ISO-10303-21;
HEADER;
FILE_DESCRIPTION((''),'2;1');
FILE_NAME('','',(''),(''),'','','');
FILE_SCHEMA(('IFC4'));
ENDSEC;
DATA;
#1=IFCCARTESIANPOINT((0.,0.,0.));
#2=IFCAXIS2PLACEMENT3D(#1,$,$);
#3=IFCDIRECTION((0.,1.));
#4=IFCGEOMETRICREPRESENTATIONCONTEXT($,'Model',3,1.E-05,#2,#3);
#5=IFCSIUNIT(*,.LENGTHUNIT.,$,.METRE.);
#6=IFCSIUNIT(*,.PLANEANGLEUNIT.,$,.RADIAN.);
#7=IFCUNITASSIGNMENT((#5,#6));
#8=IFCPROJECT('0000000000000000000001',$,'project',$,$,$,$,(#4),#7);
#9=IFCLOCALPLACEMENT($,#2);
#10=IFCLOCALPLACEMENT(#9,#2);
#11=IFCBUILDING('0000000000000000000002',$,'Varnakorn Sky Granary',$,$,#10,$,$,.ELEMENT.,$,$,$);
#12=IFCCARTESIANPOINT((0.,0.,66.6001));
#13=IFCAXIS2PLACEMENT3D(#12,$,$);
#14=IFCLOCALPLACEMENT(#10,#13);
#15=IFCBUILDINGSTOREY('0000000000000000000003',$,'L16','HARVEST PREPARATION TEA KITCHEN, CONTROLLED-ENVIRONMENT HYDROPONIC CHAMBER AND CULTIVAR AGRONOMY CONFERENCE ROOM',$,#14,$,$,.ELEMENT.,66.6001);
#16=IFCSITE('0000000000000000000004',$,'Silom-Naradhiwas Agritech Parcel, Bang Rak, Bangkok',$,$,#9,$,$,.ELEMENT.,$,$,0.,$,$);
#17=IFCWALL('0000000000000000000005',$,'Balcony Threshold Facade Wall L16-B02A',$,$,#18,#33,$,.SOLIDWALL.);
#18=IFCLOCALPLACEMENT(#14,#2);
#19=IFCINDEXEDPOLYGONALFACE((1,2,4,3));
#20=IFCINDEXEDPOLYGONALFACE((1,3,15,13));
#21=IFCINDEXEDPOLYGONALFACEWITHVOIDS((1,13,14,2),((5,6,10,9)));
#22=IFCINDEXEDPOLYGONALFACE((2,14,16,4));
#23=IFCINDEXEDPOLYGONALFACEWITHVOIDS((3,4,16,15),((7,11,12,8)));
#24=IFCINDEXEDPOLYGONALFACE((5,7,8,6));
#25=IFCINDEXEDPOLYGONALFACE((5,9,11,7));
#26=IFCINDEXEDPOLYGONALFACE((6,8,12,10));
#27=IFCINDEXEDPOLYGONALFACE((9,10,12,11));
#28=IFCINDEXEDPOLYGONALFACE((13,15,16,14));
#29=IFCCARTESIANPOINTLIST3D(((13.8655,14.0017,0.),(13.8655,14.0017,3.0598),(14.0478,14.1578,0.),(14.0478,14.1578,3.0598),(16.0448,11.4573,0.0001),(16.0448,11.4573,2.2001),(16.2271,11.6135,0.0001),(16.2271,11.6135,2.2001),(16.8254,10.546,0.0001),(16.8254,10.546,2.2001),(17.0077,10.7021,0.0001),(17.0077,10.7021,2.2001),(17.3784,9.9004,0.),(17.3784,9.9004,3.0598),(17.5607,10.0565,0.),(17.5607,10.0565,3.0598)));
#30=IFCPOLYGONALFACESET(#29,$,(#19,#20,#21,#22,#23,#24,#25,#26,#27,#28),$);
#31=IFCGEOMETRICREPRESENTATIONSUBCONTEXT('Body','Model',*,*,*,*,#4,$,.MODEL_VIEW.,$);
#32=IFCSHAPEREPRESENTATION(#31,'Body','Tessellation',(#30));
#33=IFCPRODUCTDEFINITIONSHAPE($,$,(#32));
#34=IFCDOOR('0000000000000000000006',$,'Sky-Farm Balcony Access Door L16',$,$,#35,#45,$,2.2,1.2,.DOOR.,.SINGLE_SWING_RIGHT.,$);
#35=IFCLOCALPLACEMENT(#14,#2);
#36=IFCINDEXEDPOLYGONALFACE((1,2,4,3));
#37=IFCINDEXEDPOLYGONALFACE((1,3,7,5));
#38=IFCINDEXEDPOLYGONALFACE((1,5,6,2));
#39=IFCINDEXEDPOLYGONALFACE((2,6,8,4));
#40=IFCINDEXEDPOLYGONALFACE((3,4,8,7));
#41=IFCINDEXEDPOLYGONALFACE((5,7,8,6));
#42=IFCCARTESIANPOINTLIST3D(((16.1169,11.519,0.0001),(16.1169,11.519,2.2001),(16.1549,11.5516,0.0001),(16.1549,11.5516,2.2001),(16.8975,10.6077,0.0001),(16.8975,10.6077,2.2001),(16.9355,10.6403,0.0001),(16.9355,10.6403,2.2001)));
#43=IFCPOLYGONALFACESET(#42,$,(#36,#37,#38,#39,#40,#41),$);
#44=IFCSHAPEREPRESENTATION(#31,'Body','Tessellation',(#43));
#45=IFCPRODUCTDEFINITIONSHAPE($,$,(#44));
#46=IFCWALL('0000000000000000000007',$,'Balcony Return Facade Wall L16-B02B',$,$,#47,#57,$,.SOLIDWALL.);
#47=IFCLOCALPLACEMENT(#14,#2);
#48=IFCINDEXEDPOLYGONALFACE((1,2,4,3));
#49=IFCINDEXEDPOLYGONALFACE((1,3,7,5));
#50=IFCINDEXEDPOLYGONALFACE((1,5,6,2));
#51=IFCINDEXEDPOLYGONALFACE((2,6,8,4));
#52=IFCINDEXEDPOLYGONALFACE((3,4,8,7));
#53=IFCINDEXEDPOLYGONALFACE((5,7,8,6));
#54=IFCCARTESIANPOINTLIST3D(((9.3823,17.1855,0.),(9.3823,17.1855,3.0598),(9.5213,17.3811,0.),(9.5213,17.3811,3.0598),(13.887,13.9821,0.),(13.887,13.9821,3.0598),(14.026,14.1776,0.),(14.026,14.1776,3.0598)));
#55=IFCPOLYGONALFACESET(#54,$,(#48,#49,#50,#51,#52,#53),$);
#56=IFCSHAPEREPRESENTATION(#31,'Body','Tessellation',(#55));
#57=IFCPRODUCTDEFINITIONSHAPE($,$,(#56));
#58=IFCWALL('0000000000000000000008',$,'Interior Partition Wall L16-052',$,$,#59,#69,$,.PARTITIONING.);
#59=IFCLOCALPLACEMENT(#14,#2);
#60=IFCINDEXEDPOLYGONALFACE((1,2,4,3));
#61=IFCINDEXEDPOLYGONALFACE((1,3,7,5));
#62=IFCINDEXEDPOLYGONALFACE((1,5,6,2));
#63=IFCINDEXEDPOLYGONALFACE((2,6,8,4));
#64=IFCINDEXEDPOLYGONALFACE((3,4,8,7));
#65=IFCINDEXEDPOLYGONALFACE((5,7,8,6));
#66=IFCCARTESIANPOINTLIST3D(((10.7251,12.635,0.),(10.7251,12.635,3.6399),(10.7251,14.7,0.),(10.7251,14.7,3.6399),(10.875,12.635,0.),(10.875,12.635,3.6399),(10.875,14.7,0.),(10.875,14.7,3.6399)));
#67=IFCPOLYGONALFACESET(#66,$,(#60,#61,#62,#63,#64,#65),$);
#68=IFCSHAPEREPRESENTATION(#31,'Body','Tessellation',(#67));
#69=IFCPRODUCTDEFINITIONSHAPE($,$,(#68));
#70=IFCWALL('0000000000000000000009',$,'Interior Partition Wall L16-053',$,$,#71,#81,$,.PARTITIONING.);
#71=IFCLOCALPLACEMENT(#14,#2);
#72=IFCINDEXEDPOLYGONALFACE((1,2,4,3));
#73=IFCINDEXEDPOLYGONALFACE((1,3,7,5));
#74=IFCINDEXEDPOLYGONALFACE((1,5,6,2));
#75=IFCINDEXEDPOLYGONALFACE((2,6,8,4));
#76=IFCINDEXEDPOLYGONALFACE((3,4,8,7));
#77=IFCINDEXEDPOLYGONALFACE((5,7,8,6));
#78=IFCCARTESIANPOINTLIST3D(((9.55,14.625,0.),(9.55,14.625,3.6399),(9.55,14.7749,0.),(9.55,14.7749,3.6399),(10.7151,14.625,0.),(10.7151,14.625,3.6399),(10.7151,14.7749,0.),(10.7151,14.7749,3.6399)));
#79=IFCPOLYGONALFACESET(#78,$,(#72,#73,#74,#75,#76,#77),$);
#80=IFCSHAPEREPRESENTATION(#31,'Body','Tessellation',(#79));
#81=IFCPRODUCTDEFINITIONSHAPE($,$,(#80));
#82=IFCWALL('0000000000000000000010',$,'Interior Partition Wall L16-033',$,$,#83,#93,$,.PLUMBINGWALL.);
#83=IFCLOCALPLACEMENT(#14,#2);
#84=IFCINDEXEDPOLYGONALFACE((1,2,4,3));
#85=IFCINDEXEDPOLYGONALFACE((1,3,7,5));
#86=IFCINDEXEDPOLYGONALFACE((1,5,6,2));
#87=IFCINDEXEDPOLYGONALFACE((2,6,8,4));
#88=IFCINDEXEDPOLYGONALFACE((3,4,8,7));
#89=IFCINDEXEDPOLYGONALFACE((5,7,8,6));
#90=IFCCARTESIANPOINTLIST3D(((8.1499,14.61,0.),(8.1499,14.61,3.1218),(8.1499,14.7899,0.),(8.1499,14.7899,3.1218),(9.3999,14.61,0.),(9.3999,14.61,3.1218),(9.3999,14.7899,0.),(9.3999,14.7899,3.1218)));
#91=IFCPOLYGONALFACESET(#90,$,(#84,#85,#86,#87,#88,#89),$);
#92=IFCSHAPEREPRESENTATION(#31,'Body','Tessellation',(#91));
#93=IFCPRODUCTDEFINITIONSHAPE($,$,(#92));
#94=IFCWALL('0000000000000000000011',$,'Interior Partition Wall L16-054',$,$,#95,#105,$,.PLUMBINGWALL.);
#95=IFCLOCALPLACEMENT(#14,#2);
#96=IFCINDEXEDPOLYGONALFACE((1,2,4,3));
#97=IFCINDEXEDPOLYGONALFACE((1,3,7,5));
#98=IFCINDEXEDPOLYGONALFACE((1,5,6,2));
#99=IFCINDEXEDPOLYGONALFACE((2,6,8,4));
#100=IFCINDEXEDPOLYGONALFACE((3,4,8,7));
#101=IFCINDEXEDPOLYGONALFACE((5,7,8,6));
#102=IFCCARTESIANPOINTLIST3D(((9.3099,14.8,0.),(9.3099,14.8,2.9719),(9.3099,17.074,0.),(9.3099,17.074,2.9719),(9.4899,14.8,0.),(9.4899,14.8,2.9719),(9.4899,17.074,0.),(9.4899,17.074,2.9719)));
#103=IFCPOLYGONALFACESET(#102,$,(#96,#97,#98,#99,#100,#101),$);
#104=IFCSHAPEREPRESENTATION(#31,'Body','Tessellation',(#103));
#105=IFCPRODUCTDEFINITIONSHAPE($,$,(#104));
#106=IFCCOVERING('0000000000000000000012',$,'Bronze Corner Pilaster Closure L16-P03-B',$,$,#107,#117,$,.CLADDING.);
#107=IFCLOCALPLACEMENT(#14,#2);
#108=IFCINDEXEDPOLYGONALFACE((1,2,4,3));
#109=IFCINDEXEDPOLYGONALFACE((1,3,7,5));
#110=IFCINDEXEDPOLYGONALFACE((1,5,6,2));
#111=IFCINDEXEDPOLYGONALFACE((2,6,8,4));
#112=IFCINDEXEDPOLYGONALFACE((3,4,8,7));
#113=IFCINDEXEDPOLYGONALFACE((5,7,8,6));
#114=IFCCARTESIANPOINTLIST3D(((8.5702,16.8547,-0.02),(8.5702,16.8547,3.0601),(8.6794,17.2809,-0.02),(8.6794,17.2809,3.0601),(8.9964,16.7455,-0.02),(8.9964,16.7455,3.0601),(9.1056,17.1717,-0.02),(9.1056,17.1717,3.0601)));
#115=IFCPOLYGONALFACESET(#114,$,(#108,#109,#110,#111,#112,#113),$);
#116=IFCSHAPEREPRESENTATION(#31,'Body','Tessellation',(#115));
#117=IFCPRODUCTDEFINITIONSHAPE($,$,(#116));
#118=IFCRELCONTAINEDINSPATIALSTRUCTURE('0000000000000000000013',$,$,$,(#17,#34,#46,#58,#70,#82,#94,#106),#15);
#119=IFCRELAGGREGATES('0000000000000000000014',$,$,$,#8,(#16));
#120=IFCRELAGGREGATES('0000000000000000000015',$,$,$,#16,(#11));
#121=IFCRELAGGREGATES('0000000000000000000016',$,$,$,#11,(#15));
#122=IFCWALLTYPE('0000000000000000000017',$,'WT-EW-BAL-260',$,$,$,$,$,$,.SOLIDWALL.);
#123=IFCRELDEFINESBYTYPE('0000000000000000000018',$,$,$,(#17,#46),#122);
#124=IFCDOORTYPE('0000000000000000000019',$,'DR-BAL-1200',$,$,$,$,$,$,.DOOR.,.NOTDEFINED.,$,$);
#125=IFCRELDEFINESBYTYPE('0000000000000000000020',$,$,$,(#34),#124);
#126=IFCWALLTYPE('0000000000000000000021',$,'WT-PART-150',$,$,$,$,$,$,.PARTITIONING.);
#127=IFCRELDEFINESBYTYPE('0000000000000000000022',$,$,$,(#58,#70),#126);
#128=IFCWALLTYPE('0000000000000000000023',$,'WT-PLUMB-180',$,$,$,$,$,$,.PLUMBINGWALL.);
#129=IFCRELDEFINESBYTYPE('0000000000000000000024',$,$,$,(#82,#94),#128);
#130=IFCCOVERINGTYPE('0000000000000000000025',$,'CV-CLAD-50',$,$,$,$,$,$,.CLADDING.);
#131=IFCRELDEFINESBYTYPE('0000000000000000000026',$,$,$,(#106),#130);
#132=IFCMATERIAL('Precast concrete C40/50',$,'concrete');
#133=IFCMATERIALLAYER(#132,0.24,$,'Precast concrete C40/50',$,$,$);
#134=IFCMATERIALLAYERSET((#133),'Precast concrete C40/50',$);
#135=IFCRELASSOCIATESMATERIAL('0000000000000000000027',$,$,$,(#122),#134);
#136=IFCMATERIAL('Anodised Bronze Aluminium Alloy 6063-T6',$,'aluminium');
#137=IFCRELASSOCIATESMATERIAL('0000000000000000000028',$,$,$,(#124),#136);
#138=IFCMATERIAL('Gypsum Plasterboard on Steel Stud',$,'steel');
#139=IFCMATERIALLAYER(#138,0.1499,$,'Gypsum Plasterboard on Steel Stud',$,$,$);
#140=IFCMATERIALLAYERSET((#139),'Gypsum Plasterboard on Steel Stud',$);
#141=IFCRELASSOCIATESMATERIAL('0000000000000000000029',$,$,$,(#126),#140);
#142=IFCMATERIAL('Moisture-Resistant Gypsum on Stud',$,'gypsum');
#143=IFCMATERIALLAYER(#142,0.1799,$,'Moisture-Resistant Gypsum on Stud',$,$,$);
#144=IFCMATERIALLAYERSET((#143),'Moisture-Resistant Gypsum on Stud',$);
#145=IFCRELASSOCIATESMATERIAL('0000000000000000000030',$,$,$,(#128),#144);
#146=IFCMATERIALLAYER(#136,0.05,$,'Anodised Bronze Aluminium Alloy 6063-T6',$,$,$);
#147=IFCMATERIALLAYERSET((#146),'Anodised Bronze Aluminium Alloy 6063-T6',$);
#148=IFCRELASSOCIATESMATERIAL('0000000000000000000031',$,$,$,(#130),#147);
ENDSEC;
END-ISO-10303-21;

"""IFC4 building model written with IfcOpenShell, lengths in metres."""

from ifc_helpers import new_model, si_unit, direction, frame, frame_2d, origin, origin_2d, place, context, subcontext, project, spatial, rectangle, extrude, source, transform, mapped, material, layer, layer_set, type_object, type_shapes, element, fill, save


model = new_model("IFC4")

# Units and contexts
model_context = context("Model", 3, precision=1e-05, world=origin(), true_north=direction((0.0, 1.0)))
body_context = subcontext(model_context, "Body", "Model", "MODEL_VIEW")
ifc_project = project(units=[si_unit("LENGTHUNIT", "METRE"), si_unit("PLANEANGLEUNIT", "RADIAN")], contexts=[model_context])

# Site, building, storey
site_placement = place(None, origin())
site = spatial("IfcSite", under=ifc_project, at=site_placement, Name="Silom-Naradhiwas Agritech Parcel, Bang Rak, Bangkok", CompositionType="ELEMENT", RefElevation=0.0)
building_placement = place(site_placement, origin())
building = spatial("IfcBuilding", under=site, at=building_placement, Name="Varnakorn Sky Granary", CompositionType="ELEMENT")
storey_placement = place(building_placement, frame((0.0, 0.0, 66.6001)))
storey = spatial("IfcBuildingStorey", under=building, at=storey_placement, Name="L16", Description="HARVEST PREPARATION TEA KITCHEN, CONTROLLED-ENVIRONMENT HYDROPONIC CHAMBER AND CULTIVAR AGRONOMY CONFERENCE ROOM", CompositionType="ELEMENT", Elevation=66.6001)

# Shared definitions
ifc_material_1 = material(Name="Anodised Bronze Aluminium Alloy 6063-T6", Category="aluminium")

# Wall, opening, door
ifc_material_2 = material(Name="Precast concrete C40/50", Category="concrete")
ifc_layer_1 = layer(ifc_material_2, 0.24, Name="Precast concrete C40/50")
ifc_layer_set_1 = layer_set([ifc_layer_1], Name="Precast concrete C40/50")
wall_type_1 = type_object("IfcWallType", Name="WT-EW-BAL-260", PredefinedType="SOLIDWALL", material=ifc_layer_set_1)
wall_1_placement = place(storey_placement, frame((13.9565, 14.0798, 0.0), z_axis=(0.0, 0.0, 1.0), x_axis=(0.650527, -0.759483, 0.0)))
wall_1 = element("IfcWall", 1, at=wall_1_placement, inside=storey, type_object=wall_type_1, Name="Balcony Threshold Facade Wall L16-B02A", PredefinedType="SOLIDWALL", context=body_context, shape_type="SweptSolid", body=[
    extrude(rectangle(XDim=5.4001, YDim=0.24, at=frame_2d((2.7002, 0.0))), origin(), (0.0, 0.0, 1.0), 3.0598),
])
opening_placement = place(wall_1_placement, frame((3.3501, 0.0, 0.0)))
opening = element("IfcOpeningElement", 2, at=opening_placement, cuts=wall_1, PredefinedType="OPENING", context=body_context, shape_type="SweptSolid", body=[
    extrude(rectangle(XDim=1.2, YDim=2.2, at=frame_2d((0.6001, 1.1001))), frame((0.0, 0.1299, 0.0), z_axis=(0.0, -1.0, 0.0), x_axis=(1.0, 0.0, 0.0)), (0.0, 0.0, 1.0), 0.26),
])
door_type = type_object("IfcDoorType", Name="DR-BAL-1200", OperationType="NOTDEFINED", PredefinedType="DOOR", material=ifc_material_1)
door_placement = place(opening_placement, origin())
door = element("IfcDoor", 3, at=door_placement, inside=storey, type_object=door_type, Name="Sky-Farm Balcony Access Door L16", OperationType="SINGLE_SWING_RIGHT", OverallHeight=2.2, OverallWidth=1.2, PredefinedType="DOOR", context=body_context, shape_type="SweptSolid", body=[
    extrude(rectangle(XDim=1.2, YDim=2.2, at=frame_2d((0.6001, 1.1001))), frame((0.0, 0.0249, 0.0), z_axis=(0.0, -1.0, 0.0), x_axis=(1.0, 0.0, 0.0)), (0.0, 0.0, 1.0), 0.05),
])
fill(opening, door)

# Walls
wall_2_placement = place(storey_placement, frame((9.4519, 17.2832, 0.0), z_axis=(0.0, 0.0, 1.0), x_axis=(0.814949, -0.579532, 0.0)))
element("IfcWall", 4, at=wall_2_placement, inside=storey, type_object=wall_type_1, Name="Balcony Return Facade Wall L16-B02B", PredefinedType="SOLIDWALL", context=body_context, shape_type="SweptSolid", body=[
    extrude(rectangle(XDim=5.5276, YDim=0.24, at=frame_2d((2.7637, 0.0))), origin(), (0.0, 0.0, 1.0), 3.0598),
])
ifc_material_3 = material(Name="Gypsum Plasterboard on Steel Stud", Category="steel")
ifc_layer_2 = layer(ifc_material_3, 0.1499, Name="Gypsum Plasterboard on Steel Stud")
ifc_layer_set_2 = layer_set([ifc_layer_2], Name="Gypsum Plasterboard on Steel Stud")
wall_type_2 = type_object("IfcWallType", Name="WT-PART-150", PredefinedType="PARTITIONING", material=ifc_layer_set_2)
wall_3_placement = place(storey_placement, frame((10.8, 12.635, 0.0), z_axis=(0.0, 0.0, 1.0), x_axis=(0.0, 1.0, 0.0)))
element("IfcWall", 5, at=wall_3_placement, inside=storey, type_object=wall_type_2, Name="Interior Partition Wall L16-052", PredefinedType="PARTITIONING", context=body_context, shape_type="SweptSolid", body=[
    extrude(rectangle(XDim=2.0649, YDim=0.1499, at=frame_2d((1.0325, 0.0))), origin(), (0.0, 0.0, 1.0), 3.6399),
])
wall_4_placement = place(storey_placement, frame((10.7151, 14.7, 0.0), z_axis=(0.0, 0.0, 1.0), x_axis=(-1.0, 0.0, 0.0)))
element("IfcWall", 6, at=wall_4_placement, inside=storey, type_object=wall_type_2, Name="Interior Partition Wall L16-053", PredefinedType="PARTITIONING", context=body_context, shape_type="SweptSolid", body=[
    extrude(rectangle(XDim=1.165, YDim=0.1499, at=frame_2d((0.5825, 0.0))), origin(), (0.0, 0.0, 1.0), 3.6399),
])
ifc_material_4 = material(Name="Moisture-Resistant Gypsum on Stud", Category="gypsum")
ifc_layer_3 = layer(ifc_material_4, 0.1799, Name="Moisture-Resistant Gypsum on Stud")
ifc_layer_set_3 = layer_set([ifc_layer_3], Name="Moisture-Resistant Gypsum on Stud")
wall_type_3 = type_object("IfcWallType", Name="WT-PLUMB-180", PredefinedType="PLUMBINGWALL", material=ifc_layer_set_3)
wall_5_placement = place(storey_placement, frame((9.3999, 14.7, 0.0), z_axis=(0.0, 0.0, 1.0), x_axis=(-1.0, 0.0, 0.0)))
element("IfcWall", 7, at=wall_5_placement, inside=storey, type_object=wall_type_3, Name="Interior Partition Wall L16-033", PredefinedType="PLUMBINGWALL", context=body_context, shape_type="SweptSolid", body=[
    extrude(rectangle(XDim=1.25, YDim=0.1799, at=frame_2d((0.625, 0.0))), origin(), (0.0, 0.0, 1.0), 3.1218),
])
wall_6_placement = place(storey_placement, frame((9.3999, 14.8, 0.0), z_axis=(0.0, 0.0, 1.0), x_axis=(0.0, 1.0, 0.0)))
element("IfcWall", 8, at=wall_6_placement, inside=storey, type_object=wall_type_3, Name="Interior Partition Wall L16-054", PredefinedType="PLUMBINGWALL", context=body_context, shape_type="SweptSolid", body=[
    extrude(rectangle(XDim=2.2739, YDim=0.1799, at=frame_2d((1.137, 0.0))), origin(), (0.0, 0.0, 1.0), 2.9719),
])

# Covering
ifc_layer_4 = layer(ifc_material_1, 0.05, Name="Anodised Bronze Aluminium Alloy 6063-T6")
ifc_layer_set_4 = layer_set([ifc_layer_4], Name="Anodised Bronze Aluminium Alloy 6063-T6")
covering_type = type_object("IfcCoveringType", Name="CV-CLAD-50", PredefinedType="CLADDING", material=ifc_layer_set_4)
shared_shape_1 = source(origin(), body_context, "Body", "SweptSolid", [
    extrude(rectangle(XDim=0.4399, YDim=0.4399, at=origin_2d()), origin(), (0.0, 0.0, 1.0), 3.0801),
])
type_shapes(covering_type, [shared_shape_1])
covering_placement = place(storey_placement, frame((8.8379, 17.0132, -0.02), z_axis=(0.0, 0.0, 1.0), x_axis=(0.968713, -0.248183, 0.0)))
element("IfcCovering", 9, at=covering_placement, inside=storey, type_object=covering_type, Name="Bronze Corner Pilaster Closure L16-P03-B", PredefinedType="CLADDING", context=body_context, shape_type="MappedRepresentation", body=[
    mapped(shared_shape_1, transform((0.0, 0.0, 0.0), x_axis=(1.0, 0.0, 0.0), y_axis=(0.0, 1.0, 0.0), z_axis=(0.0, 0.0, 1.0), scale=1.0)),
])

save(model, "model.ifc")
